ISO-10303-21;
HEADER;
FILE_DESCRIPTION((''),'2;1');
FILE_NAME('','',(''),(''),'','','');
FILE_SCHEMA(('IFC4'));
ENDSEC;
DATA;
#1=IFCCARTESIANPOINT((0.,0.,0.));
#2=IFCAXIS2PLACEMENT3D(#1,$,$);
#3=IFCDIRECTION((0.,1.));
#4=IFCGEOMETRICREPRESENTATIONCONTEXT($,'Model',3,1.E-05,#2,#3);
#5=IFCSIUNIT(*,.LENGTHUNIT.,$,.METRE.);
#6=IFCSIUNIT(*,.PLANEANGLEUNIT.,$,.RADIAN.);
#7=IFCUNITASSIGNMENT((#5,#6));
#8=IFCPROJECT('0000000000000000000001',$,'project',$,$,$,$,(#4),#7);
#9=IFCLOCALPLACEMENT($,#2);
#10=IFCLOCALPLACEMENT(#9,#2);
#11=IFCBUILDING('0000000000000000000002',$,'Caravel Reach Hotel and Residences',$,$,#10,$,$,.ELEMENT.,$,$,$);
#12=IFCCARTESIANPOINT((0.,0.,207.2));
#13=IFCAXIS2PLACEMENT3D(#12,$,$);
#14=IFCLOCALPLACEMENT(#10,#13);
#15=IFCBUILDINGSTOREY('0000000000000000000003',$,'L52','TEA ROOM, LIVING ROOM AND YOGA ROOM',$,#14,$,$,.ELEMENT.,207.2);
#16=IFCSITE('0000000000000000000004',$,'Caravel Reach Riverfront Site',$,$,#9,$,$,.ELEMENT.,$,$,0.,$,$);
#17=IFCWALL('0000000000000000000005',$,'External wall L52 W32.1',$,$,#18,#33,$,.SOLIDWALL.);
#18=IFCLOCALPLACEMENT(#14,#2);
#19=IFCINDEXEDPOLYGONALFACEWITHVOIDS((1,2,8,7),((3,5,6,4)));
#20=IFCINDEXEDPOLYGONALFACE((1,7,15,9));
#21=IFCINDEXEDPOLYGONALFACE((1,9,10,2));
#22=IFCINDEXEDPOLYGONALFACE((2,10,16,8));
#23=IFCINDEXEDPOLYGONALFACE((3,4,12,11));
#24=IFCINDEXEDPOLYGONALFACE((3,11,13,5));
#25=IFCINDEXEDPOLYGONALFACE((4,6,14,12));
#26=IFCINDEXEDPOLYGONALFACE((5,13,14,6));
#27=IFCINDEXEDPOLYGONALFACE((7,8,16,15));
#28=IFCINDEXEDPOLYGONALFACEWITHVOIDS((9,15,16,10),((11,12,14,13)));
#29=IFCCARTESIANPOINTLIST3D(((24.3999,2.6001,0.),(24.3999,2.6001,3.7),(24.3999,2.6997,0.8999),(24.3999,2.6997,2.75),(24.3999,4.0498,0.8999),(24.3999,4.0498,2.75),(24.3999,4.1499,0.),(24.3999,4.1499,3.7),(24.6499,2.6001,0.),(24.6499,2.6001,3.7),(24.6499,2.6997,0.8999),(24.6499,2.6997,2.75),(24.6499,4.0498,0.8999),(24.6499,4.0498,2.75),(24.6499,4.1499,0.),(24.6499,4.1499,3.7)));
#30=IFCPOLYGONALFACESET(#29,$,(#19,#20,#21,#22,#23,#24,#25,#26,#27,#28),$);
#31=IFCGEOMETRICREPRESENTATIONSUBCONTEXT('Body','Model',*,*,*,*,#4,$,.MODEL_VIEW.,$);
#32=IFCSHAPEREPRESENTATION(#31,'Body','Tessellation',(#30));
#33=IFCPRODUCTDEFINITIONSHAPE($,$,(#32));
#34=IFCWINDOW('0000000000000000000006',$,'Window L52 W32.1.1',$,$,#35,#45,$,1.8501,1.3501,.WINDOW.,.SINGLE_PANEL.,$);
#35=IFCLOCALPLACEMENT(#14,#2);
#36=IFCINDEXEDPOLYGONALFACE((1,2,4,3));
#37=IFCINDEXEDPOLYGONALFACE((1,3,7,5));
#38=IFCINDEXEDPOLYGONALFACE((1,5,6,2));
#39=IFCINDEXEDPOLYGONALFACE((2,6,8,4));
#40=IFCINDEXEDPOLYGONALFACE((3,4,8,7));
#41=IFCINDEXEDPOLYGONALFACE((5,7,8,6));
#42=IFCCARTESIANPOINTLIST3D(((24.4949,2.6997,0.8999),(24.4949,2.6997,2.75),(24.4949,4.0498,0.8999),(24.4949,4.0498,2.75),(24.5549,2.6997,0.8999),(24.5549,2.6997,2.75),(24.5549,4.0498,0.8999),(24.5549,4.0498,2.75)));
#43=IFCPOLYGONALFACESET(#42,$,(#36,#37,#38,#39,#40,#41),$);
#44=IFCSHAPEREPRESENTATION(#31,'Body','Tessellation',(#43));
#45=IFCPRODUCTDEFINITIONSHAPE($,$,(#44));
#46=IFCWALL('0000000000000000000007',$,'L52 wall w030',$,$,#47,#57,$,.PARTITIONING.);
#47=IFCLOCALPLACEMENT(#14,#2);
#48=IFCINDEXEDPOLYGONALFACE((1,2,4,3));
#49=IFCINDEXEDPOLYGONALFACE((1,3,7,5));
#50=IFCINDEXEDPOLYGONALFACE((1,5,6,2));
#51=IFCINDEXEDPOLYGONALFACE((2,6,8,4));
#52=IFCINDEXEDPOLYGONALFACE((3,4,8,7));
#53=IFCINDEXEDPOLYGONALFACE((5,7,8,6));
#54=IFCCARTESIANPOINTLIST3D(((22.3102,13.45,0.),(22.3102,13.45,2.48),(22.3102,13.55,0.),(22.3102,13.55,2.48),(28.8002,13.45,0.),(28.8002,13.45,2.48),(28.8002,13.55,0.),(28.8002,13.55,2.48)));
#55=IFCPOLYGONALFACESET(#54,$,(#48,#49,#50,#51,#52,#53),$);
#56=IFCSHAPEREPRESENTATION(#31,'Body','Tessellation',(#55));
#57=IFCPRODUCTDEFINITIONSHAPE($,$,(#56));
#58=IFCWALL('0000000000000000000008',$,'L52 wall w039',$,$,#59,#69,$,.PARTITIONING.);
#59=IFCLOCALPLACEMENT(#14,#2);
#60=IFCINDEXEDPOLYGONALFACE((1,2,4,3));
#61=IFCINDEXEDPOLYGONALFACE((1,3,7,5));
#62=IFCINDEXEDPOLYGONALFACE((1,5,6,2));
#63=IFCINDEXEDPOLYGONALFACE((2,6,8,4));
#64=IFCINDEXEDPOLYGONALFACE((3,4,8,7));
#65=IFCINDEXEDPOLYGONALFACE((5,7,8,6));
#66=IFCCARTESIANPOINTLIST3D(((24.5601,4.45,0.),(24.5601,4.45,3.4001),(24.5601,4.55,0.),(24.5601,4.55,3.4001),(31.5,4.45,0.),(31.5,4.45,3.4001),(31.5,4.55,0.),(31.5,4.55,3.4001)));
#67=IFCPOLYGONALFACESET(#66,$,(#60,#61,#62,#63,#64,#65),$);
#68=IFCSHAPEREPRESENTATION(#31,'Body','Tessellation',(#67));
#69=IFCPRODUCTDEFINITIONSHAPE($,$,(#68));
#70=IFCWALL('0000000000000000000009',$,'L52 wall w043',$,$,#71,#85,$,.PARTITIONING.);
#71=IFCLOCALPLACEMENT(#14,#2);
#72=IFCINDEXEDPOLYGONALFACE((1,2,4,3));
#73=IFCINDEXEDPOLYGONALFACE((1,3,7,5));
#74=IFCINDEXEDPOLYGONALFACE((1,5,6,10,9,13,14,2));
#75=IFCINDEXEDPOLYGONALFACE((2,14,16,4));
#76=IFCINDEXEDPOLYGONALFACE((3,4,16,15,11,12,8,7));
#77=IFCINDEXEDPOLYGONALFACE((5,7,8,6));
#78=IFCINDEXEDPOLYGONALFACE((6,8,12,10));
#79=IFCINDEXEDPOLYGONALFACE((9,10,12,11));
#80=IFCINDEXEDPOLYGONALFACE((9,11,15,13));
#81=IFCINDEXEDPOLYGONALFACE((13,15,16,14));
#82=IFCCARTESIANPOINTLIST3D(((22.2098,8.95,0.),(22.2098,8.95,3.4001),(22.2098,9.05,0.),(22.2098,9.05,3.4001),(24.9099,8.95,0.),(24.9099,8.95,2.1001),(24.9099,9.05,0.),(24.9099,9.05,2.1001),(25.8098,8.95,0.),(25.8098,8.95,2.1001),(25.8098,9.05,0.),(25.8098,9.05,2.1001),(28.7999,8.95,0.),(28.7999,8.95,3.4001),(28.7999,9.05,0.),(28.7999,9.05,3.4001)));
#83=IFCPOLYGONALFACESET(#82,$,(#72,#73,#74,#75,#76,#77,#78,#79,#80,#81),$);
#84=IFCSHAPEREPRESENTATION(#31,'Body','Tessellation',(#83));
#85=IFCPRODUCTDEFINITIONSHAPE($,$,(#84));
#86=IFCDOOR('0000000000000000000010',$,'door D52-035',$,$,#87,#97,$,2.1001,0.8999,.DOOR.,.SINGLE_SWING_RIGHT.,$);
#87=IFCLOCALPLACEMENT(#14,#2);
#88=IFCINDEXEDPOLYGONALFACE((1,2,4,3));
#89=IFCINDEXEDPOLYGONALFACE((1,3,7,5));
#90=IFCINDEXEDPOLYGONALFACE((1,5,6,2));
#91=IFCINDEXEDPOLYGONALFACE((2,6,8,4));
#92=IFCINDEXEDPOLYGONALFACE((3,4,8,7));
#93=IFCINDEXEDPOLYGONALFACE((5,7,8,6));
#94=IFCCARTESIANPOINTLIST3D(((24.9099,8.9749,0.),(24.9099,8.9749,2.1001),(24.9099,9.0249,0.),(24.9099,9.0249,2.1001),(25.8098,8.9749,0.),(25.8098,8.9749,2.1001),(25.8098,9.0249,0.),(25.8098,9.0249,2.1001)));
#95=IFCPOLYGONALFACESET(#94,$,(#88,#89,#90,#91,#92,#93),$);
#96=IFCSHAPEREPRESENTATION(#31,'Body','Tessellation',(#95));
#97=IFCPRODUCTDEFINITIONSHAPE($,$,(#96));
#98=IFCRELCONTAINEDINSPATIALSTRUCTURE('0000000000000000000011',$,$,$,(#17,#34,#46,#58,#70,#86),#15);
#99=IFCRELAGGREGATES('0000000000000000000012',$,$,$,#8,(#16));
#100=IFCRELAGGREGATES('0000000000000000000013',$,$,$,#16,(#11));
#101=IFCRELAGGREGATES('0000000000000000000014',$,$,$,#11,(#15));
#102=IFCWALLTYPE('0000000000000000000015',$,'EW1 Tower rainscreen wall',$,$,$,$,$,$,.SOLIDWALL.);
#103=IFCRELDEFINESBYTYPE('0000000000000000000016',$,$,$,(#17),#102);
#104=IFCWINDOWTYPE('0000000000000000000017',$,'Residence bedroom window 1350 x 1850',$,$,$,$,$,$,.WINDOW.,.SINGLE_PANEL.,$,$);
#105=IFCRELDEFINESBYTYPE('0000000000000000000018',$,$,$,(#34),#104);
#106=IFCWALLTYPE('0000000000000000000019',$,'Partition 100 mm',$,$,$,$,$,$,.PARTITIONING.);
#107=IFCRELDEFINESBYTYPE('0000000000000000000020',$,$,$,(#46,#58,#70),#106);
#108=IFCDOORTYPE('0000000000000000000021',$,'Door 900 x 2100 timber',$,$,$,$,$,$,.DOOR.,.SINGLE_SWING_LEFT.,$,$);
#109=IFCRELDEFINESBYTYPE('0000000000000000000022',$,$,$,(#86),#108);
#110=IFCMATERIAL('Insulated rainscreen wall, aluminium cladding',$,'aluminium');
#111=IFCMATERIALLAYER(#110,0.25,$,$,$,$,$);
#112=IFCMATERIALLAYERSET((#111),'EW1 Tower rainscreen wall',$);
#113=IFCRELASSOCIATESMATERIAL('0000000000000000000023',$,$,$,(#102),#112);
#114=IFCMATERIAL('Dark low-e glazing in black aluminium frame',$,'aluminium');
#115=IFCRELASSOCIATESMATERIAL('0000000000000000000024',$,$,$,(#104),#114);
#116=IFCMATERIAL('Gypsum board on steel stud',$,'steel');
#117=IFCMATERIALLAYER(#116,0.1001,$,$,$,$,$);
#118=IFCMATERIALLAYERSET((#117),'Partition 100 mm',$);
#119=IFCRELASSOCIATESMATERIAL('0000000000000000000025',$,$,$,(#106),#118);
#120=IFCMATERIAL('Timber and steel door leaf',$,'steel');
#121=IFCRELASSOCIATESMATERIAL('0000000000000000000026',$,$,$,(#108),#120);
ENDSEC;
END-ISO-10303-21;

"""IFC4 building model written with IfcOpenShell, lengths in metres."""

from ifc_helpers import new_model, si_unit, direction, frame, frame_2d, origin, place, context, subcontext, project, spatial, rectangle, extrude, material, layer, layer_set, type_object, element, fill, save


model = new_model("IFC4")

# Units and contexts
model_context = context("Model", 3, precision=1e-05, world=origin(), true_north=direction((0.0, 1.0)))
body_context = subcontext(model_context, "Body", "Model", "MODEL_VIEW")
ifc_project = project(units=[si_unit("LENGTHUNIT", "METRE"), si_unit("PLANEANGLEUNIT", "RADIAN")], contexts=[model_context])

# Site, building, storey
site_placement = place(None, origin())
site = spatial("IfcSite", under=ifc_project, at=site_placement, Name="Caravel Reach Riverfront Site", CompositionType="ELEMENT", RefElevation=0.0)
building_placement = place(site_placement, origin())
building = spatial("IfcBuilding", under=site, at=building_placement, Name="Caravel Reach Hotel and Residences", CompositionType="ELEMENT")
storey_placement = place(building_placement, frame((0.0, 0.0, 207.2)))
storey = spatial("IfcBuildingStorey", under=building, at=storey_placement, Name="L52", Description="TEA ROOM, LIVING ROOM AND YOGA ROOM", CompositionType="ELEMENT", Elevation=207.2)

# Shared definitions
ifc_material_1 = material(Name="Insulated rainscreen wall, aluminium cladding", Category="aluminium")
ifc_layer_1 = layer(ifc_material_1, 0.25)
ifc_layer_set_1 = layer_set([ifc_layer_1], Name="EW1 Tower rainscreen wall")
wall_type_1 = type_object("IfcWallType", Name="EW1 Tower rainscreen wall", PredefinedType="SOLIDWALL", material=ifc_layer_set_1)

# Wall, opening, window
ifc_material_2 = material(Name="Dark low-e glazing in black aluminium frame", Category="aluminium")
window_type_1 = type_object("IfcWindowType", Name="Residence bedroom window 1350 x 1850", PartitioningType="SINGLE_PANEL", PredefinedType="WINDOW", material=ifc_material_2)
wall_1_placement = place(storey_placement, frame((24.5249, 4.1499, 0.0), z_axis=(0.0, 0.0, 1.0), x_axis=(0.0, -1.0, 0.0)))
wall_1 = element("IfcWall", 1, at=wall_1_placement, inside=storey, type_object=wall_type_1, Name="External wall L52 W32.1", PredefinedType="SOLIDWALL", context=body_context, shape_type="SweptSolid", body=[
    extrude(rectangle(XDim=1.5498, YDim=0.25, at=frame_2d((0.7749, 0.0))), origin(), (0.0, 0.0, 1.0), 3.7),
])
opening_1_placement = place(wall_1_placement, frame((0.1001, 0.0, 0.8999)))
opening_1 = element("IfcOpeningElement", 2, at=opening_1_placement, cuts=wall_1, PredefinedType="OPENING", context=body_context, shape_type="SweptSolid", body=[
    extrude(rectangle(XDim=1.3501, YDim=1.8501, at=frame_2d((0.675, 0.925))), frame((0.0, 0.135, 0.0), z_axis=(0.0, -1.0, 0.0), x_axis=(1.0, 0.0, 0.0)), (0.0, 0.0, 1.0), 0.27),
])
window_1_placement = place(opening_1_placement, origin())
window_1 = element("IfcWindow", 3, at=window_1_placement, inside=storey, type_object=window_type_1, Name="Window L52 W32.1.1", OverallHeight=1.8501, OverallWidth=1.3501, PartitioningType="SINGLE_PANEL", PredefinedType="WINDOW", context=body_context, shape_type="SweptSolid", body=[
    extrude(rectangle(XDim=1.3501, YDim=1.8501, at=frame_2d((0.675, 0.925))), frame((0.0, 0.03, 0.0), z_axis=(0.0, -1.0, 0.0), x_axis=(1.0, 0.0, 0.0)), (0.0, 0.0, 1.0), 0.0601),
])
fill(opening_1, window_1)

# Walls
ifc_material_3 = material(Name="Gypsum board on steel stud", Category="steel")
ifc_layer_2 = layer(ifc_material_3, 0.1001)
ifc_layer_set_2 = layer_set([ifc_layer_2], Name="Partition 100 mm")
wall_type_2 = type_object("IfcWallType", Name="Partition 100 mm", PredefinedType="PARTITIONING", material=ifc_layer_set_2)
wall_2_placement = place(storey_placement, frame((22.3101, 13.5, 0.0), z_axis=(0.0, 0.0, 1.0), x_axis=(1.0, 0.0, 0.0)))
element("IfcWall", 4, at=wall_2_placement, inside=storey, type_object=wall_type_2, Name="L52 wall w030", PredefinedType="PARTITIONING", context=body_context, shape_type="SweptSolid", body=[
    extrude(rectangle(XDim=6.49, YDim=0.1001, at=frame_2d((3.2451, 0.0))), origin(), (0.0, 0.0, 1.0), 2.48),
])
wall_3_placement = place(storey_placement, frame((24.5601, 4.5, 0.0), z_axis=(0.0, 0.0, 1.0), x_axis=(1.0, 0.0, 0.0)))
element("IfcWall", 5, at=wall_3_placement, inside=storey, type_object=wall_type_2, Name="L52 wall w039", PredefinedType="PARTITIONING", context=body_context, shape_type="SweptSolid", body=[
    extrude(rectangle(XDim=6.9399, YDim=0.1001, at=frame_2d((3.47, 0.0))), origin(), (0.0, 0.0, 1.0), 3.4001),
])

# Wall, opening, door
wall_4_placement = place(storey_placement, frame((22.21, 9.0, 0.0), z_axis=(0.0, 0.0, 1.0), x_axis=(1.0, 0.0, 0.0)))
wall_4 = element("IfcWall", 6, at=wall_4_placement, inside=storey, type_object=wall_type_2, Name="L52 wall w043", PredefinedType="PARTITIONING", context=body_context, shape_type="SweptSolid", body=[
    extrude(rectangle(XDim=6.5901, YDim=0.1001, at=frame_2d((3.2949, 0.0))), origin(), (0.0, 0.0, 1.0), 3.4001),
])
opening_2_placement = place(wall_4_placement, frame((2.7, 0.0, 0.0)))
opening_2 = element("IfcOpeningElement", 7, at=opening_2_placement, cuts=wall_4, PredefinedType="OPENING", context=body_context, shape_type="SweptSolid", body=[
    extrude(rectangle(XDim=0.8999, YDim=2.1001, at=frame_2d((0.45, 1.05))), frame((0.0, 0.0601, 0.0), z_axis=(0.0, -1.0, 0.0), x_axis=(1.0, 0.0, 0.0)), (0.0, 0.0, 1.0), 0.1201),
])
ifc_material_4 = material(Name="Timber and steel door leaf", Category="steel")
door_type = type_object("IfcDoorType", Name="Door 900 x 2100 timber", OperationType="SINGLE_SWING_LEFT", PredefinedType="DOOR", material=ifc_material_4)
door_placement = place(opening_2_placement, origin())
door = element("IfcDoor", 8, at=door_placement, inside=storey, type_object=door_type, Name="door D52-035", OperationType="SINGLE_SWING_RIGHT", OverallHeight=2.1001, OverallWidth=0.8999, PredefinedType="DOOR", context=body_context, shape_type="SweptSolid", body=[
    extrude(rectangle(XDim=0.8999, YDim=2.1001, at=frame_2d((0.45, 1.05))), frame((0.0, 0.0249, 0.0), z_axis=(0.0, -1.0, 0.0), x_axis=(1.0, 0.0, 0.0)), (0.0, 0.0, 1.0), 0.05),
])
fill(opening_2, door)

save(model, "model.ifc")
